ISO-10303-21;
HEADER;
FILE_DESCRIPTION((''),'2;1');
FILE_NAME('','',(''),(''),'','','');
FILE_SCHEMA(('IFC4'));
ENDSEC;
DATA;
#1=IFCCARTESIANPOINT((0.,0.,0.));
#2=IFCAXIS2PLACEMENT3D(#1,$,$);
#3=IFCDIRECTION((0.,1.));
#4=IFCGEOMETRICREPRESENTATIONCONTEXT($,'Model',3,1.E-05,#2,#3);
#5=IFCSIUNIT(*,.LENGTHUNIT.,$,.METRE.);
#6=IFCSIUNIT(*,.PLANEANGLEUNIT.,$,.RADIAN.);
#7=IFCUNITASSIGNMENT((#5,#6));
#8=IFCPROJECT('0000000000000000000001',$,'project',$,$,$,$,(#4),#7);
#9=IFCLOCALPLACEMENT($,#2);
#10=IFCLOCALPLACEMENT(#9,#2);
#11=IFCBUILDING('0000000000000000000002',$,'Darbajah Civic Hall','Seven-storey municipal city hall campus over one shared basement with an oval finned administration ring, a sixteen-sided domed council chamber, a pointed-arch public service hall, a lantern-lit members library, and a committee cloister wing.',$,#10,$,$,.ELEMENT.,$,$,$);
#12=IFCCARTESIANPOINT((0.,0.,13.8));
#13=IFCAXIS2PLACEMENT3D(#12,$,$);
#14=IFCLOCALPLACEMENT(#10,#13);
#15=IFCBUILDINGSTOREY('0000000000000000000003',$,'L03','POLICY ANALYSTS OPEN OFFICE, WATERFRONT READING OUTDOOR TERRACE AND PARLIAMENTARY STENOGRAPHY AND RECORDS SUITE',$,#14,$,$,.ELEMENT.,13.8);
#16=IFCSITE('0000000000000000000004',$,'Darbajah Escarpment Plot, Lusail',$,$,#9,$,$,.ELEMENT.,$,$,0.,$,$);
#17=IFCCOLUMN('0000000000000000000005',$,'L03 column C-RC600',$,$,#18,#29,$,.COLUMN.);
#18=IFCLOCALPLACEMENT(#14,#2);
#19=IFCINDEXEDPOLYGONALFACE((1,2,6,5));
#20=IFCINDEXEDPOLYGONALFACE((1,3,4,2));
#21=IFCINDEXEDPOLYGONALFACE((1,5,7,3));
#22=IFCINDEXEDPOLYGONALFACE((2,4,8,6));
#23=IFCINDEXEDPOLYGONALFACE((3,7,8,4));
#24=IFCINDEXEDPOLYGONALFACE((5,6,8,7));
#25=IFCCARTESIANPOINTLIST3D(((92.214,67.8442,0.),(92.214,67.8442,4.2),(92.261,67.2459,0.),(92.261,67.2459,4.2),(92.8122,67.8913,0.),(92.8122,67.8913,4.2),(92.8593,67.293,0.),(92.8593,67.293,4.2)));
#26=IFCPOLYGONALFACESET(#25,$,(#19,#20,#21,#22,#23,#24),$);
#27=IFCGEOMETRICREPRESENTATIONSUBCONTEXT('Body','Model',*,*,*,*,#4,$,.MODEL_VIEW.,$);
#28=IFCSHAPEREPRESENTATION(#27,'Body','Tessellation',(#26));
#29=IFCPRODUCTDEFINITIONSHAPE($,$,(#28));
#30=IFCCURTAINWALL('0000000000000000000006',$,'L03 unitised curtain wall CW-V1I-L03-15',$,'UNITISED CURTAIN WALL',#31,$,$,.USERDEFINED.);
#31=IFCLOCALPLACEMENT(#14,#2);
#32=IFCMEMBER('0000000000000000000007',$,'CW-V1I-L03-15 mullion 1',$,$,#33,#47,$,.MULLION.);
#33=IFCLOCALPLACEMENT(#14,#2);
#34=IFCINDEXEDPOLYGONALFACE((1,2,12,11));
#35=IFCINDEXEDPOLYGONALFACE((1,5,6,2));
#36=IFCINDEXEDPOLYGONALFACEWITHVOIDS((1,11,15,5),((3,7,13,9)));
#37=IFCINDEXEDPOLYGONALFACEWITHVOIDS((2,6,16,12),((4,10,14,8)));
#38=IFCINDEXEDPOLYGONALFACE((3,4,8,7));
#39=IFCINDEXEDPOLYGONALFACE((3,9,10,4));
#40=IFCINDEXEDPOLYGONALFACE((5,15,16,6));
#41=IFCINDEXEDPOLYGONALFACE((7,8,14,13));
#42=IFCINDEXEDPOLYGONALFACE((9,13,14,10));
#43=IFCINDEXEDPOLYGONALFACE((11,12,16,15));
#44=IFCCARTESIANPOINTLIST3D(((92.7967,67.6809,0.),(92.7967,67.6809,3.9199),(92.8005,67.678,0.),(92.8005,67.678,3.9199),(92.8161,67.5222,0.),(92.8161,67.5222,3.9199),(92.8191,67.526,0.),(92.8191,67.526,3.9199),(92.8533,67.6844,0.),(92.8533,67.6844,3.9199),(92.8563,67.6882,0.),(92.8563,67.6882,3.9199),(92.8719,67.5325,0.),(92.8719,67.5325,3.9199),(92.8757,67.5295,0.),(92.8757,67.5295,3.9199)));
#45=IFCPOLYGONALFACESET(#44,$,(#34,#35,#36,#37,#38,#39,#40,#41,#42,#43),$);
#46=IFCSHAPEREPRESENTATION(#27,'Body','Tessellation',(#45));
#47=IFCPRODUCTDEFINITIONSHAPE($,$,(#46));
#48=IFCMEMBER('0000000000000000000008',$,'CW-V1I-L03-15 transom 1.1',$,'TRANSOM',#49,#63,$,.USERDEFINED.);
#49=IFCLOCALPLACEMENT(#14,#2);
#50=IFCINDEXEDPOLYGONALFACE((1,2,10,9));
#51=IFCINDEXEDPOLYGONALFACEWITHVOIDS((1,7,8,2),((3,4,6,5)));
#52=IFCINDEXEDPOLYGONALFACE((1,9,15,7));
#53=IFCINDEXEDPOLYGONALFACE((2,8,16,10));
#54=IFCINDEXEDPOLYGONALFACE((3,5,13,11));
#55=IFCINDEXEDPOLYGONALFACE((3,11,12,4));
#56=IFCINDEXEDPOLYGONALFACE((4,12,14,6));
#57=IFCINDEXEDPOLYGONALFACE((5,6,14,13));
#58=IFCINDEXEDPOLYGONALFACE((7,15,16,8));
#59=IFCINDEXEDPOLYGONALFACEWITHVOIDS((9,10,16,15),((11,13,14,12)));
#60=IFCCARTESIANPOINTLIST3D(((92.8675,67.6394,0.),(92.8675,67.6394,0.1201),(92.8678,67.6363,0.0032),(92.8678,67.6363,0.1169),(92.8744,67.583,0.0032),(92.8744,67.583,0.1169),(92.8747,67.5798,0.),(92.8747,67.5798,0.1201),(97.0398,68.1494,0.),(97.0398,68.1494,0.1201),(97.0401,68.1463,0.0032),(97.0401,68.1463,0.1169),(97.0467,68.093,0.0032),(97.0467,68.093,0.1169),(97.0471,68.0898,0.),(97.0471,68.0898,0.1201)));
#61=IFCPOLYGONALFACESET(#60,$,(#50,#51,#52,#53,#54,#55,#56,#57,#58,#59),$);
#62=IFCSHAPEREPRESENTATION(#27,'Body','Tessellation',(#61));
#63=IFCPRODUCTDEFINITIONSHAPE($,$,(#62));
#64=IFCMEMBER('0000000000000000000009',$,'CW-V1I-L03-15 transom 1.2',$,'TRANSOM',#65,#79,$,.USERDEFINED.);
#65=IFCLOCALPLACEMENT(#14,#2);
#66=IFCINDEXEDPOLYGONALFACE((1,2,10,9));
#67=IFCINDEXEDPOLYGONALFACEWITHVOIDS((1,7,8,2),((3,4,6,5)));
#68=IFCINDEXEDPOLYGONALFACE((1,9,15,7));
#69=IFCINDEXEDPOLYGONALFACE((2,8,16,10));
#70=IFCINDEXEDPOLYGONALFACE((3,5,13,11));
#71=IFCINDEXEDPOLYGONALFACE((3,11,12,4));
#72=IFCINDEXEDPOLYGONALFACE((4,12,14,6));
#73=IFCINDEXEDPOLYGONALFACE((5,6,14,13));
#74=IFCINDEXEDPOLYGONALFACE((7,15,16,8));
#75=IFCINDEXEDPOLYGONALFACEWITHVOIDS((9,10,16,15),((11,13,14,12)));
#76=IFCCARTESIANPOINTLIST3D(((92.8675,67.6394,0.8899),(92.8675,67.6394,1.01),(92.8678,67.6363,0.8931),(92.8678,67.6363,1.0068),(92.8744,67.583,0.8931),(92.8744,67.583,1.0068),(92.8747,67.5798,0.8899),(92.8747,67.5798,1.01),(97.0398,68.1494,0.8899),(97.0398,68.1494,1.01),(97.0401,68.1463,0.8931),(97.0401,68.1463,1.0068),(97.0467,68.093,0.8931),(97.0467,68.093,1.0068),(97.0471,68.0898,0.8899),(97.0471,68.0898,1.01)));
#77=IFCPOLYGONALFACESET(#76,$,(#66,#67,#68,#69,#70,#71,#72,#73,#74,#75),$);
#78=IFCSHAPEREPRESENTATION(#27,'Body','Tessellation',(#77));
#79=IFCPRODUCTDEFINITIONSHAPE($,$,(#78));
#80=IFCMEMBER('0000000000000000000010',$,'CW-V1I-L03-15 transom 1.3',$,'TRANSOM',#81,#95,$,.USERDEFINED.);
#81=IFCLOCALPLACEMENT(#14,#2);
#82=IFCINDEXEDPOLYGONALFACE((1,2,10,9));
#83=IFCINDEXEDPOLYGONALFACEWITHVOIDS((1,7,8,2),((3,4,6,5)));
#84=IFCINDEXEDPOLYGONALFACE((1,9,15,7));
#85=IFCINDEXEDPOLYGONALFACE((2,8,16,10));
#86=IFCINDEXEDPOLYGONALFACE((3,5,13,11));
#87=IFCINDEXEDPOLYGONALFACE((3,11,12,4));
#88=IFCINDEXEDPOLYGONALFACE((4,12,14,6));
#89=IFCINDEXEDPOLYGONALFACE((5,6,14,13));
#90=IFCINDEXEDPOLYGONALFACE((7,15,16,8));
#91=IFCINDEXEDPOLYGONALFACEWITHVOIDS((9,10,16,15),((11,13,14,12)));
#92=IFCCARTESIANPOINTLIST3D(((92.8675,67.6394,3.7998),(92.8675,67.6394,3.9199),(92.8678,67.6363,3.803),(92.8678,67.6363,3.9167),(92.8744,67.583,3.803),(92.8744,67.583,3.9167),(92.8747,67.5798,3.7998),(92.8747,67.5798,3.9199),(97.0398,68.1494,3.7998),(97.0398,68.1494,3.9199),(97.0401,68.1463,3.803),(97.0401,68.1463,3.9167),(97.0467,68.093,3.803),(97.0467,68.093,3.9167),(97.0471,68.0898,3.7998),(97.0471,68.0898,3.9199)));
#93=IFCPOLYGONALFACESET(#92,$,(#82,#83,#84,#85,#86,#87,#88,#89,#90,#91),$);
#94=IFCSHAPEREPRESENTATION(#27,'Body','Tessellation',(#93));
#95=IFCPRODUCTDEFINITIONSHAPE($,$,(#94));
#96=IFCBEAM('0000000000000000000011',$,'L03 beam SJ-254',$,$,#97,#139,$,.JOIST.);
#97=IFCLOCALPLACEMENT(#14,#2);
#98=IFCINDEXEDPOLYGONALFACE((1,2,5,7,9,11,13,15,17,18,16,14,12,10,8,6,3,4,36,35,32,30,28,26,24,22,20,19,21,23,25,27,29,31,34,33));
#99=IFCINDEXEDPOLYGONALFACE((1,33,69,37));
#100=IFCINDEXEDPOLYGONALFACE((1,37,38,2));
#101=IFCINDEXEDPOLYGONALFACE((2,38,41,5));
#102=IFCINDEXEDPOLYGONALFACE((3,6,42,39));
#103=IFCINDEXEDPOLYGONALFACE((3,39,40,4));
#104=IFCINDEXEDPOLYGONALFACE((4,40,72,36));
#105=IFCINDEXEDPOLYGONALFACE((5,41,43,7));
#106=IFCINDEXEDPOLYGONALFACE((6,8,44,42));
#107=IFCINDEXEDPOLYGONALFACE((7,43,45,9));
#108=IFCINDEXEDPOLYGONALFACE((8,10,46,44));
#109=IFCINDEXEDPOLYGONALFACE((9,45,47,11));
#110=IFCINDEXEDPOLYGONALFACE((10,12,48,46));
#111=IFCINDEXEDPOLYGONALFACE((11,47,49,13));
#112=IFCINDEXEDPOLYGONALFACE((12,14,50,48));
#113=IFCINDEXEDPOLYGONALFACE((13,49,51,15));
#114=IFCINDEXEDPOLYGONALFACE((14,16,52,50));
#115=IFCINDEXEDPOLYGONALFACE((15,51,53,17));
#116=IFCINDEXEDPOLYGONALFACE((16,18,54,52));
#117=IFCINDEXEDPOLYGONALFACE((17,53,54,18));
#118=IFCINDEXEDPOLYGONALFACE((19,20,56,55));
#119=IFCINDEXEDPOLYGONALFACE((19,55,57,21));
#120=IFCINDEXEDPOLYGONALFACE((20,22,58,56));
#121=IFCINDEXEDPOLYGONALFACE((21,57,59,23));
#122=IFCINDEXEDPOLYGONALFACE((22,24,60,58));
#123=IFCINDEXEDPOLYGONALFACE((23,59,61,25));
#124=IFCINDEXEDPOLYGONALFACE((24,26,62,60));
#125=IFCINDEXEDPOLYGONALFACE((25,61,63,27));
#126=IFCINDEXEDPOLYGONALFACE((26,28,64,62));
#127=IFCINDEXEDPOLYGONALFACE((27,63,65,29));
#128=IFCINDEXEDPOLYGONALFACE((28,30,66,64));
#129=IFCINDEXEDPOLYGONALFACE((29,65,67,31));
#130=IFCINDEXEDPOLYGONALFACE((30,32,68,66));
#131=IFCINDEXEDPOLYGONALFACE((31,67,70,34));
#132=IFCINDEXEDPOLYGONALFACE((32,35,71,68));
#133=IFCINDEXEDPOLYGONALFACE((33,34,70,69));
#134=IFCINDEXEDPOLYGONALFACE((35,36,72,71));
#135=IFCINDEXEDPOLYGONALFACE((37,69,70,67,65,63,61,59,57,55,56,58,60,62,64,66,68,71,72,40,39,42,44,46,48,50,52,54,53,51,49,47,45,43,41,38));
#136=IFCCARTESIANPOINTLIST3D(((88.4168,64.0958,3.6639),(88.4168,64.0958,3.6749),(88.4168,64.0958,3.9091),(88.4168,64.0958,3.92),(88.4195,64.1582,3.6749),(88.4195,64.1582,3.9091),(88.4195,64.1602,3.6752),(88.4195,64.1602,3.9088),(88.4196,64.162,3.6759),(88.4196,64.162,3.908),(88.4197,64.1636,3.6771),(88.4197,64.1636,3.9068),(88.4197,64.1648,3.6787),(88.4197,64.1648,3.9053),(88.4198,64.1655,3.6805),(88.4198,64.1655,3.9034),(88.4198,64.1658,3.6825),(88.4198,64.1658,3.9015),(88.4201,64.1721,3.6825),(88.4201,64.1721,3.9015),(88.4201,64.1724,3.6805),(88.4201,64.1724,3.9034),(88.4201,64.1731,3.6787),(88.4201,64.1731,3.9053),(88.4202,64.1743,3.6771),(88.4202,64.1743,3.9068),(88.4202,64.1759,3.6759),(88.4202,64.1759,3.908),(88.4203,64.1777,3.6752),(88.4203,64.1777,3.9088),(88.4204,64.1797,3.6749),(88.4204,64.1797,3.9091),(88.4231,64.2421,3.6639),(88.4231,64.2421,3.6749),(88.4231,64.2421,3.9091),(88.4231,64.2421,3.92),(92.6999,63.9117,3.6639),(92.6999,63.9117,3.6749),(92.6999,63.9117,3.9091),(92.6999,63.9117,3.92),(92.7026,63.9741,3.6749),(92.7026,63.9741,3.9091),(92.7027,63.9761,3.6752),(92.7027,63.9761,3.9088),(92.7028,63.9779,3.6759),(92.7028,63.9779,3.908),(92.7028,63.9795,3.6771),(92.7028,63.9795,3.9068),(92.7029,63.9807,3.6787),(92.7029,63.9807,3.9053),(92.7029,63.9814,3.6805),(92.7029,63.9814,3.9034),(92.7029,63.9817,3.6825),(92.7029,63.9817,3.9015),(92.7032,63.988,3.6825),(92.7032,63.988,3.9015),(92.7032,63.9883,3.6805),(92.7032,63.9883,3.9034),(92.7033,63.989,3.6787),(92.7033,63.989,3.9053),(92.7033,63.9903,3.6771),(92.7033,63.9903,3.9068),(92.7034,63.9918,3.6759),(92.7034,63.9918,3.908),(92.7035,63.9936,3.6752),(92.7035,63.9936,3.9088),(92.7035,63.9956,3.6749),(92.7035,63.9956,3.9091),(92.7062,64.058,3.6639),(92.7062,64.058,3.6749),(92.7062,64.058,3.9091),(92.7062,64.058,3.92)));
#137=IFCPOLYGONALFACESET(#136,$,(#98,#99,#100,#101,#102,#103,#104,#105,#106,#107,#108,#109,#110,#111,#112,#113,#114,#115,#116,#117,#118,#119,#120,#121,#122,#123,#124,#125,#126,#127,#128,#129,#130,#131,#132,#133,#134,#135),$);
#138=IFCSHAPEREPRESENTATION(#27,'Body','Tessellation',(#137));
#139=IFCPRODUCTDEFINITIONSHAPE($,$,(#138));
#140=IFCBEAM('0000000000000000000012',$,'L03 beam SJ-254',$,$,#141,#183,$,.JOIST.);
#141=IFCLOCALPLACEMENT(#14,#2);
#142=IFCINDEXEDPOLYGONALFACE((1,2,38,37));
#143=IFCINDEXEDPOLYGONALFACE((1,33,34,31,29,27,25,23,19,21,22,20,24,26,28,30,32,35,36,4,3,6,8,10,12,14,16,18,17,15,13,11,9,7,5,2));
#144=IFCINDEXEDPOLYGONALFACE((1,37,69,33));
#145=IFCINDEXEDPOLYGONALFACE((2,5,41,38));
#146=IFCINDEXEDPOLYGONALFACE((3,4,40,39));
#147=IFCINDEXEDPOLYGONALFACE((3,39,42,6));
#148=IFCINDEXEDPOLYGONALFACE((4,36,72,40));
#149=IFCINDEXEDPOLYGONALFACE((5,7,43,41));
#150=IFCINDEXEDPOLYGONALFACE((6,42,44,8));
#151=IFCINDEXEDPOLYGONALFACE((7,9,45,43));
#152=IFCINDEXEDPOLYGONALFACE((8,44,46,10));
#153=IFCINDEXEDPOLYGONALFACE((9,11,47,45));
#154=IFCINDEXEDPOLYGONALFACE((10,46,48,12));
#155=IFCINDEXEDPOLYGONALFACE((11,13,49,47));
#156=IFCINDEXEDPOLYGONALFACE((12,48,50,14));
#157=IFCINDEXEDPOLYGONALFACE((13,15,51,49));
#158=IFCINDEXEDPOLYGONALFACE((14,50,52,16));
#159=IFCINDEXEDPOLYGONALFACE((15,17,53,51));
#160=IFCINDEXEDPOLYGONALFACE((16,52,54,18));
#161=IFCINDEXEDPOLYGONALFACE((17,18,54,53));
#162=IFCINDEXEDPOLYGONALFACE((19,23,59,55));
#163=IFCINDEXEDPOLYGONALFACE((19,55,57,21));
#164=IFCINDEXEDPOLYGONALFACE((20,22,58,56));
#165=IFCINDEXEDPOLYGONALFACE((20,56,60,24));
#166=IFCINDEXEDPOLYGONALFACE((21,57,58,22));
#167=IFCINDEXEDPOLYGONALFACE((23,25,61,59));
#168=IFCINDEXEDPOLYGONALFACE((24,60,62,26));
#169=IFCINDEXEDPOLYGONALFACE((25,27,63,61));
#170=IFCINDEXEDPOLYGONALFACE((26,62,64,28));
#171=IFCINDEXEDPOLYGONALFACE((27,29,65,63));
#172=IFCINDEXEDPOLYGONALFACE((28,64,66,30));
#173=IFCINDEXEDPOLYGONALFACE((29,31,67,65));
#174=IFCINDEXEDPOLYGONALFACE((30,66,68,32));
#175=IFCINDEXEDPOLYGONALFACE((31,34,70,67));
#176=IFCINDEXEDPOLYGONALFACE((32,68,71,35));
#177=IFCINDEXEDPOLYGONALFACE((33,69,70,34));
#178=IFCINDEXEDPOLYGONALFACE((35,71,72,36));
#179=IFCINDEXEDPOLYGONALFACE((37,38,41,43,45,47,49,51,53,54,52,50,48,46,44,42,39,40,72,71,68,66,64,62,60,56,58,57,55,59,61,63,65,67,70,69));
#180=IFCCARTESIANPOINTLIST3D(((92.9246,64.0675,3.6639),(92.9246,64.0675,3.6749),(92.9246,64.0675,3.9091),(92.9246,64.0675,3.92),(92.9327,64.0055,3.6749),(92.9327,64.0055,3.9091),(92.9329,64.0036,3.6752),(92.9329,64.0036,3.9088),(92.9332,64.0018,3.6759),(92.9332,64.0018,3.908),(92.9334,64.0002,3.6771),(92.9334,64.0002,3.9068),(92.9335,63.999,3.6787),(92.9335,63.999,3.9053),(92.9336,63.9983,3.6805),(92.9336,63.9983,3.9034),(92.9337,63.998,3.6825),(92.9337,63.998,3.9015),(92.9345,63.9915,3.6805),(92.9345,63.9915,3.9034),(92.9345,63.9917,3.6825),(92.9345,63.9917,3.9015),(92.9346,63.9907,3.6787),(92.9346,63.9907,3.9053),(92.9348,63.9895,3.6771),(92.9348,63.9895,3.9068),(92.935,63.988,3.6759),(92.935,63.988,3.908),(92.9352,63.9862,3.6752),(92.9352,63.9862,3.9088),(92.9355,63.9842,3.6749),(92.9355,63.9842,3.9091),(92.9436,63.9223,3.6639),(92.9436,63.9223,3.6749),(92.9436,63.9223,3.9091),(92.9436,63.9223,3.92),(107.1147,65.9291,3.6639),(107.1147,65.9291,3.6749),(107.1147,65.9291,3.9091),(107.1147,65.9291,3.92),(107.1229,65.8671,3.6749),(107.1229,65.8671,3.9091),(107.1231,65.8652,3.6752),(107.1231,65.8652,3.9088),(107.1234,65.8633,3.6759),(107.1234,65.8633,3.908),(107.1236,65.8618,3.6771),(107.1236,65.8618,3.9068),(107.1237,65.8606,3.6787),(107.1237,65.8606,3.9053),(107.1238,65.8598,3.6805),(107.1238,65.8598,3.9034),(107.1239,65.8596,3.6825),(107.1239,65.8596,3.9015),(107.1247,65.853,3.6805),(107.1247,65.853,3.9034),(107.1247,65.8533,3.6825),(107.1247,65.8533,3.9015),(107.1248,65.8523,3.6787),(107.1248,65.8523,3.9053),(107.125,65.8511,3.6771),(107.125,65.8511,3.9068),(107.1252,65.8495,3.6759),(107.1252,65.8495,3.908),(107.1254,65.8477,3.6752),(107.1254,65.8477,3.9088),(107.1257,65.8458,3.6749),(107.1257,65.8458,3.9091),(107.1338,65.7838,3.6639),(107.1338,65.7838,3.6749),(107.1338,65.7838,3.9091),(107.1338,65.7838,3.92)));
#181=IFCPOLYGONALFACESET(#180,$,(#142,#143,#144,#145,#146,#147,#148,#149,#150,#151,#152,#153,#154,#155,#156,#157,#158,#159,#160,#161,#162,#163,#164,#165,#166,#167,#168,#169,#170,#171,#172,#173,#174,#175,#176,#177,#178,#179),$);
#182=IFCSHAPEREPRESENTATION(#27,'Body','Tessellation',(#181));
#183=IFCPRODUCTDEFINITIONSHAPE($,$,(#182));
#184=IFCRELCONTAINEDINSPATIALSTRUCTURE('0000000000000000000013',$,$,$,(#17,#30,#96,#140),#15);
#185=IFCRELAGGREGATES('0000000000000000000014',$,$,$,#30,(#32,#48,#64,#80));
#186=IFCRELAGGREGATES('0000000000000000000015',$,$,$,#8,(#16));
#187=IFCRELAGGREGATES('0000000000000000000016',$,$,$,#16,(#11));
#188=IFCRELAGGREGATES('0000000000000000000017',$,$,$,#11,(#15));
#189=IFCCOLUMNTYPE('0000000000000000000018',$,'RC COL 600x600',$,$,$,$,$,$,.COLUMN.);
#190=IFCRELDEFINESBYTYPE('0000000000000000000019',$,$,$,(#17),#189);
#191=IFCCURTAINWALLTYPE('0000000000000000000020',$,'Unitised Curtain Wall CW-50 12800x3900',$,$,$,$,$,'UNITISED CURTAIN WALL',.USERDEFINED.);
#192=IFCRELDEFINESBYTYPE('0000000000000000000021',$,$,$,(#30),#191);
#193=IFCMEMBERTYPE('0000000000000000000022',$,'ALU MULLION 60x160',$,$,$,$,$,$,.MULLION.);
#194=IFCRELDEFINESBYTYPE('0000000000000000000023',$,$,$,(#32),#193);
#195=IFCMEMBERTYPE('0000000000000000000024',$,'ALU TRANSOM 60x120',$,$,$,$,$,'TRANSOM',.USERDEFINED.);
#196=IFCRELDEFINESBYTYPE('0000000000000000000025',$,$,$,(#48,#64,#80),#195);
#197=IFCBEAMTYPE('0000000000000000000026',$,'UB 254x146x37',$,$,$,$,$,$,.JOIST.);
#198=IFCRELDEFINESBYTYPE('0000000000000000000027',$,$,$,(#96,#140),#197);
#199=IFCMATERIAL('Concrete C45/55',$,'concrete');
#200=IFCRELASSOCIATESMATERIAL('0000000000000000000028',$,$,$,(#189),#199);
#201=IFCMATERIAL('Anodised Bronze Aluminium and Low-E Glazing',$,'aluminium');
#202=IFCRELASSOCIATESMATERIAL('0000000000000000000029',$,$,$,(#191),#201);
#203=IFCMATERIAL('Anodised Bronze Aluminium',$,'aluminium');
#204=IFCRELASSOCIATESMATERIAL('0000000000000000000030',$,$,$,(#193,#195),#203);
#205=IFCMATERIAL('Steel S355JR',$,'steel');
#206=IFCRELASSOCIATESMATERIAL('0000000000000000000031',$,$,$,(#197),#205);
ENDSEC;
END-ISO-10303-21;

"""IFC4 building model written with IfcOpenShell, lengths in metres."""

from ifc_helpers import new_model, si_unit, direction, frame, origin, origin_2d, place, context, subcontext, project, spatial, rectangle, hollow_rectangle, i_section, extrude, material, material_profile, profile_set, type_object, element, aggregate, save


model = new_model("IFC4")

# Units and contexts
model_context = context("Model", 3, precision=1e-05, world=origin(), true_north=direction((0.0, 1.0)))
body_context = subcontext(model_context, "Body", "Model", "MODEL_VIEW")
ifc_project = project(units=[si_unit("LENGTHUNIT", "METRE"), si_unit("PLANEANGLEUNIT", "RADIAN")], contexts=[model_context])

# Site, building, storey
site_placement = place(None, origin())
site = spatial("IfcSite", under=ifc_project, at=site_placement, Name="Darbajah Escarpment Plot, Lusail", CompositionType="ELEMENT", RefElevation=0.0)
building_placement = place(site_placement, origin())
building = spatial("IfcBuilding", under=site, at=building_placement, Name="Darbajah Civic Hall", Description="Seven-storey municipal city hall campus over one shared basement with an oval finned administration ring, a sixteen-sided domed council chamber, a pointed-arch public service hall, a lantern-lit members library, and a committee cloister wing.", CompositionType="ELEMENT")
storey_placement = place(building_placement, frame((0.0, 0.0, 13.8)))
storey = spatial("IfcBuildingStorey", under=building, at=storey_placement, Name="L03", Description="POLICY ANALYSTS OPEN OFFICE, WATERFRONT READING OUTDOOR TERRACE AND PARLIAMENTARY STENOGRAPHY AND RECORDS SUITE", CompositionType="ELEMENT", Elevation=13.8)

# Column
ifc_material_1 = material(Name="Concrete C45/55", Category="concrete")
ifc_material_profile_1 = material_profile(ifc_material_1, rectangle(XDim=0.6001, YDim=0.6001, at=origin_2d()), Name="RC COL 600x600")
ifc_profile_set_1 = profile_set([ifc_material_profile_1], Name="Concrete C45/55")
column_type = type_object("IfcColumnType", Name="RC COL 600x600", PredefinedType="COLUMN", material=ifc_profile_set_1)
column_placement = place(storey_placement, frame((92.5366, 67.5686, 0.0), z_axis=(0.0, 0.0, 1.0), x_axis=(0.078459, -0.996917, 0.0)))
element("IfcColumn", 1, at=column_placement, inside=storey, type_object=column_type, Name="L03 column C-RC600", PredefinedType="COLUMN", context=body_context, shape_type="SweptSolid", body=[
    extrude(rectangle(XDim=0.6001, YDim=0.6001, at=origin_2d()), origin(), (0.0, 0.0, 1.0), 4.2),
])

# Curtain wall, members
ifc_material_2 = material(Name="Anodised Bronze Aluminium and Low-E Glazing", Category="aluminium")
curtain_wall_type = type_object("IfcCurtainWallType", Name="Unitised Curtain Wall CW-50 12800x3900", ElementType="UNITISED CURTAIN WALL", PredefinedType="USERDEFINED", material=ifc_material_2)
curtain_wall_placement = place(storey_placement, origin())
curtain_wall = element("IfcCurtainWall", 2, at=curtain_wall_placement, inside=storey, type_object=curtain_wall_type, Name="L03 unitised curtain wall CW-V1I-L03-15", ObjectType="UNITISED CURTAIN WALL", PredefinedType="USERDEFINED")
ifc_material_3 = material(Name="Anodised Bronze Aluminium", Category="aluminium")
ifc_material_profile_2 = material_profile(ifc_material_3, hollow_rectangle(XDim=0.0601, YDim=0.1599, WallThickness=0.0034, at=origin_2d()), Name="ALU MULLION 60x160")
ifc_profile_set_2 = profile_set([ifc_material_profile_2], Name="Anodised Bronze Aluminium")
member_type_1 = type_object("IfcMemberType", Name="ALU MULLION 60x160", PredefinedType="MULLION", material=ifc_profile_set_2)
member_1_placement = place(storey_placement, frame((92.8362, 67.6052, 0.0), z_axis=(0.0, 0.0, 1.0), x_axis=(0.99261, 0.12135, 0.0)))
member_1 = element("IfcMember", 3, at=member_1_placement, type_object=member_type_1, Name="CW-V1I-L03-15 mullion 1", PredefinedType="MULLION", context=body_context, shape_type="SweptSolid", body=[
    extrude(hollow_rectangle(XDim=0.0601, YDim=0.1599, WallThickness=0.0034, at=origin_2d()), origin(), (0.0, 0.0, 1.0), 3.9199),
])
ifc_material_profile_3 = material_profile(ifc_material_3, hollow_rectangle(XDim=0.0601, YDim=0.1201, WallThickness=0.0032, at=origin_2d()), Name="ALU TRANSOM 60x120")
ifc_profile_set_3 = profile_set([ifc_material_profile_3], Name="Anodised Bronze Aluminium")
member_type_2 = type_object("IfcMemberType", Name="ALU TRANSOM 60x120", ElementType="TRANSOM", PredefinedType="USERDEFINED", material=ifc_profile_set_3)
member_2_placement = place(storey_placement, frame((92.8711, 67.6096, 0.0601), z_axis=(0.992612, 0.121332, 0.0), x_axis=(-0.121332, 0.992612, 0.0)))
member_2 = element("IfcMember", 4, at=member_2_placement, type_object=member_type_2, Name="CW-V1I-L03-15 transom 1.1", ObjectType="TRANSOM", PredefinedType="USERDEFINED", context=body_context, shape_type="SweptSolid", body=[
    extrude(hollow_rectangle(XDim=0.0601, YDim=0.1201, WallThickness=0.0032, at=origin_2d()), origin(), (0.0, 0.0, 1.0), 4.2034),
])
member_3_placement = place(storey_placement, frame((92.8711, 67.6096, 0.95), z_axis=(0.992612, 0.121332, 0.0), x_axis=(-0.121332, 0.992612, 0.0)))
member_3 = element("IfcMember", 5, at=member_3_placement, type_object=member_type_2, Name="CW-V1I-L03-15 transom 1.2", ObjectType="TRANSOM", PredefinedType="USERDEFINED", context=body_context, shape_type="SweptSolid", body=[
    extrude(hollow_rectangle(XDim=0.0601, YDim=0.1201, WallThickness=0.0032, at=origin_2d()), origin(), (0.0, 0.0, 1.0), 4.2034),
])
member_4_placement = place(storey_placement, frame((92.8711, 67.6096, 3.8599), z_axis=(0.992612, 0.121332, 0.0), x_axis=(-0.121332, 0.992612, 0.0)))
member_4 = element("IfcMember", 6, at=member_4_placement, type_object=member_type_2, Name="CW-V1I-L03-15 transom 1.3", ObjectType="TRANSOM", PredefinedType="USERDEFINED", context=body_context, shape_type="SweptSolid", body=[
    extrude(hollow_rectangle(XDim=0.0601, YDim=0.1201, WallThickness=0.0032, at=origin_2d()), origin(), (0.0, 0.0, 1.0), 4.2034),
])

# Beams
ifc_material_4 = material(Name="Steel S355JR", Category="steel")
ifc_material_profile_4 = material_profile(ifc_material_4, i_section(OverallWidth=0.1465, OverallDepth=0.2561, WebThickness=0.0063, FlangeThickness=0.011, FilletRadius=0.0076, at=origin_2d()), Name="UB 254x146x37")
ifc_profile_set_4 = profile_set([ifc_material_profile_4], Name="Steel S355JR")
beam_type_1 = type_object("IfcBeamType", Name="UB 254x146x37", PredefinedType="JOIST", material=ifc_profile_set_4)
beam_1_placement = place(storey_placement, frame((88.4199, 64.1689, 3.792), z_axis=(0.999078, -0.042938, 0.0), x_axis=(0.042938, 0.999078, 0.0)))
element("IfcBeam", 7, at=beam_1_placement, inside=storey, type_object=beam_type_1, Name="L03 beam SJ-254", PredefinedType="JOIST", context=body_context, shape_type="SweptSolid", body=[
    extrude(i_section(OverallWidth=0.1465, OverallDepth=0.2561, WebThickness=0.0063, FlangeThickness=0.011, FilletRadius=0.0076, at=origin_2d()), origin(), (0.0, 0.0, 1.0), 4.2871),
])
beam_2_placement = place(storey_placement, frame((92.9341, 63.9949, 3.792), z_axis=(0.991504, 0.130073, 0.0), x_axis=(-0.130073, 0.991504, 0.0)))
element("IfcBeam", 8, at=beam_2_placement, inside=storey, type_object=beam_type_1, Name="L03 beam SJ-254", PredefinedType="JOIST", context=body_context, shape_type="SweptSolid", body=[
    extrude(i_section(OverallWidth=0.1465, OverallDepth=0.2561, WebThickness=0.0063, FlangeThickness=0.011, FilletRadius=0.0076, at=origin_2d()), origin(), (0.0, 0.0, 1.0), 14.3118),
])

aggregate(curtain_wall, [member_1, member_2, member_3, member_4])

save(model, "model.ifc")
